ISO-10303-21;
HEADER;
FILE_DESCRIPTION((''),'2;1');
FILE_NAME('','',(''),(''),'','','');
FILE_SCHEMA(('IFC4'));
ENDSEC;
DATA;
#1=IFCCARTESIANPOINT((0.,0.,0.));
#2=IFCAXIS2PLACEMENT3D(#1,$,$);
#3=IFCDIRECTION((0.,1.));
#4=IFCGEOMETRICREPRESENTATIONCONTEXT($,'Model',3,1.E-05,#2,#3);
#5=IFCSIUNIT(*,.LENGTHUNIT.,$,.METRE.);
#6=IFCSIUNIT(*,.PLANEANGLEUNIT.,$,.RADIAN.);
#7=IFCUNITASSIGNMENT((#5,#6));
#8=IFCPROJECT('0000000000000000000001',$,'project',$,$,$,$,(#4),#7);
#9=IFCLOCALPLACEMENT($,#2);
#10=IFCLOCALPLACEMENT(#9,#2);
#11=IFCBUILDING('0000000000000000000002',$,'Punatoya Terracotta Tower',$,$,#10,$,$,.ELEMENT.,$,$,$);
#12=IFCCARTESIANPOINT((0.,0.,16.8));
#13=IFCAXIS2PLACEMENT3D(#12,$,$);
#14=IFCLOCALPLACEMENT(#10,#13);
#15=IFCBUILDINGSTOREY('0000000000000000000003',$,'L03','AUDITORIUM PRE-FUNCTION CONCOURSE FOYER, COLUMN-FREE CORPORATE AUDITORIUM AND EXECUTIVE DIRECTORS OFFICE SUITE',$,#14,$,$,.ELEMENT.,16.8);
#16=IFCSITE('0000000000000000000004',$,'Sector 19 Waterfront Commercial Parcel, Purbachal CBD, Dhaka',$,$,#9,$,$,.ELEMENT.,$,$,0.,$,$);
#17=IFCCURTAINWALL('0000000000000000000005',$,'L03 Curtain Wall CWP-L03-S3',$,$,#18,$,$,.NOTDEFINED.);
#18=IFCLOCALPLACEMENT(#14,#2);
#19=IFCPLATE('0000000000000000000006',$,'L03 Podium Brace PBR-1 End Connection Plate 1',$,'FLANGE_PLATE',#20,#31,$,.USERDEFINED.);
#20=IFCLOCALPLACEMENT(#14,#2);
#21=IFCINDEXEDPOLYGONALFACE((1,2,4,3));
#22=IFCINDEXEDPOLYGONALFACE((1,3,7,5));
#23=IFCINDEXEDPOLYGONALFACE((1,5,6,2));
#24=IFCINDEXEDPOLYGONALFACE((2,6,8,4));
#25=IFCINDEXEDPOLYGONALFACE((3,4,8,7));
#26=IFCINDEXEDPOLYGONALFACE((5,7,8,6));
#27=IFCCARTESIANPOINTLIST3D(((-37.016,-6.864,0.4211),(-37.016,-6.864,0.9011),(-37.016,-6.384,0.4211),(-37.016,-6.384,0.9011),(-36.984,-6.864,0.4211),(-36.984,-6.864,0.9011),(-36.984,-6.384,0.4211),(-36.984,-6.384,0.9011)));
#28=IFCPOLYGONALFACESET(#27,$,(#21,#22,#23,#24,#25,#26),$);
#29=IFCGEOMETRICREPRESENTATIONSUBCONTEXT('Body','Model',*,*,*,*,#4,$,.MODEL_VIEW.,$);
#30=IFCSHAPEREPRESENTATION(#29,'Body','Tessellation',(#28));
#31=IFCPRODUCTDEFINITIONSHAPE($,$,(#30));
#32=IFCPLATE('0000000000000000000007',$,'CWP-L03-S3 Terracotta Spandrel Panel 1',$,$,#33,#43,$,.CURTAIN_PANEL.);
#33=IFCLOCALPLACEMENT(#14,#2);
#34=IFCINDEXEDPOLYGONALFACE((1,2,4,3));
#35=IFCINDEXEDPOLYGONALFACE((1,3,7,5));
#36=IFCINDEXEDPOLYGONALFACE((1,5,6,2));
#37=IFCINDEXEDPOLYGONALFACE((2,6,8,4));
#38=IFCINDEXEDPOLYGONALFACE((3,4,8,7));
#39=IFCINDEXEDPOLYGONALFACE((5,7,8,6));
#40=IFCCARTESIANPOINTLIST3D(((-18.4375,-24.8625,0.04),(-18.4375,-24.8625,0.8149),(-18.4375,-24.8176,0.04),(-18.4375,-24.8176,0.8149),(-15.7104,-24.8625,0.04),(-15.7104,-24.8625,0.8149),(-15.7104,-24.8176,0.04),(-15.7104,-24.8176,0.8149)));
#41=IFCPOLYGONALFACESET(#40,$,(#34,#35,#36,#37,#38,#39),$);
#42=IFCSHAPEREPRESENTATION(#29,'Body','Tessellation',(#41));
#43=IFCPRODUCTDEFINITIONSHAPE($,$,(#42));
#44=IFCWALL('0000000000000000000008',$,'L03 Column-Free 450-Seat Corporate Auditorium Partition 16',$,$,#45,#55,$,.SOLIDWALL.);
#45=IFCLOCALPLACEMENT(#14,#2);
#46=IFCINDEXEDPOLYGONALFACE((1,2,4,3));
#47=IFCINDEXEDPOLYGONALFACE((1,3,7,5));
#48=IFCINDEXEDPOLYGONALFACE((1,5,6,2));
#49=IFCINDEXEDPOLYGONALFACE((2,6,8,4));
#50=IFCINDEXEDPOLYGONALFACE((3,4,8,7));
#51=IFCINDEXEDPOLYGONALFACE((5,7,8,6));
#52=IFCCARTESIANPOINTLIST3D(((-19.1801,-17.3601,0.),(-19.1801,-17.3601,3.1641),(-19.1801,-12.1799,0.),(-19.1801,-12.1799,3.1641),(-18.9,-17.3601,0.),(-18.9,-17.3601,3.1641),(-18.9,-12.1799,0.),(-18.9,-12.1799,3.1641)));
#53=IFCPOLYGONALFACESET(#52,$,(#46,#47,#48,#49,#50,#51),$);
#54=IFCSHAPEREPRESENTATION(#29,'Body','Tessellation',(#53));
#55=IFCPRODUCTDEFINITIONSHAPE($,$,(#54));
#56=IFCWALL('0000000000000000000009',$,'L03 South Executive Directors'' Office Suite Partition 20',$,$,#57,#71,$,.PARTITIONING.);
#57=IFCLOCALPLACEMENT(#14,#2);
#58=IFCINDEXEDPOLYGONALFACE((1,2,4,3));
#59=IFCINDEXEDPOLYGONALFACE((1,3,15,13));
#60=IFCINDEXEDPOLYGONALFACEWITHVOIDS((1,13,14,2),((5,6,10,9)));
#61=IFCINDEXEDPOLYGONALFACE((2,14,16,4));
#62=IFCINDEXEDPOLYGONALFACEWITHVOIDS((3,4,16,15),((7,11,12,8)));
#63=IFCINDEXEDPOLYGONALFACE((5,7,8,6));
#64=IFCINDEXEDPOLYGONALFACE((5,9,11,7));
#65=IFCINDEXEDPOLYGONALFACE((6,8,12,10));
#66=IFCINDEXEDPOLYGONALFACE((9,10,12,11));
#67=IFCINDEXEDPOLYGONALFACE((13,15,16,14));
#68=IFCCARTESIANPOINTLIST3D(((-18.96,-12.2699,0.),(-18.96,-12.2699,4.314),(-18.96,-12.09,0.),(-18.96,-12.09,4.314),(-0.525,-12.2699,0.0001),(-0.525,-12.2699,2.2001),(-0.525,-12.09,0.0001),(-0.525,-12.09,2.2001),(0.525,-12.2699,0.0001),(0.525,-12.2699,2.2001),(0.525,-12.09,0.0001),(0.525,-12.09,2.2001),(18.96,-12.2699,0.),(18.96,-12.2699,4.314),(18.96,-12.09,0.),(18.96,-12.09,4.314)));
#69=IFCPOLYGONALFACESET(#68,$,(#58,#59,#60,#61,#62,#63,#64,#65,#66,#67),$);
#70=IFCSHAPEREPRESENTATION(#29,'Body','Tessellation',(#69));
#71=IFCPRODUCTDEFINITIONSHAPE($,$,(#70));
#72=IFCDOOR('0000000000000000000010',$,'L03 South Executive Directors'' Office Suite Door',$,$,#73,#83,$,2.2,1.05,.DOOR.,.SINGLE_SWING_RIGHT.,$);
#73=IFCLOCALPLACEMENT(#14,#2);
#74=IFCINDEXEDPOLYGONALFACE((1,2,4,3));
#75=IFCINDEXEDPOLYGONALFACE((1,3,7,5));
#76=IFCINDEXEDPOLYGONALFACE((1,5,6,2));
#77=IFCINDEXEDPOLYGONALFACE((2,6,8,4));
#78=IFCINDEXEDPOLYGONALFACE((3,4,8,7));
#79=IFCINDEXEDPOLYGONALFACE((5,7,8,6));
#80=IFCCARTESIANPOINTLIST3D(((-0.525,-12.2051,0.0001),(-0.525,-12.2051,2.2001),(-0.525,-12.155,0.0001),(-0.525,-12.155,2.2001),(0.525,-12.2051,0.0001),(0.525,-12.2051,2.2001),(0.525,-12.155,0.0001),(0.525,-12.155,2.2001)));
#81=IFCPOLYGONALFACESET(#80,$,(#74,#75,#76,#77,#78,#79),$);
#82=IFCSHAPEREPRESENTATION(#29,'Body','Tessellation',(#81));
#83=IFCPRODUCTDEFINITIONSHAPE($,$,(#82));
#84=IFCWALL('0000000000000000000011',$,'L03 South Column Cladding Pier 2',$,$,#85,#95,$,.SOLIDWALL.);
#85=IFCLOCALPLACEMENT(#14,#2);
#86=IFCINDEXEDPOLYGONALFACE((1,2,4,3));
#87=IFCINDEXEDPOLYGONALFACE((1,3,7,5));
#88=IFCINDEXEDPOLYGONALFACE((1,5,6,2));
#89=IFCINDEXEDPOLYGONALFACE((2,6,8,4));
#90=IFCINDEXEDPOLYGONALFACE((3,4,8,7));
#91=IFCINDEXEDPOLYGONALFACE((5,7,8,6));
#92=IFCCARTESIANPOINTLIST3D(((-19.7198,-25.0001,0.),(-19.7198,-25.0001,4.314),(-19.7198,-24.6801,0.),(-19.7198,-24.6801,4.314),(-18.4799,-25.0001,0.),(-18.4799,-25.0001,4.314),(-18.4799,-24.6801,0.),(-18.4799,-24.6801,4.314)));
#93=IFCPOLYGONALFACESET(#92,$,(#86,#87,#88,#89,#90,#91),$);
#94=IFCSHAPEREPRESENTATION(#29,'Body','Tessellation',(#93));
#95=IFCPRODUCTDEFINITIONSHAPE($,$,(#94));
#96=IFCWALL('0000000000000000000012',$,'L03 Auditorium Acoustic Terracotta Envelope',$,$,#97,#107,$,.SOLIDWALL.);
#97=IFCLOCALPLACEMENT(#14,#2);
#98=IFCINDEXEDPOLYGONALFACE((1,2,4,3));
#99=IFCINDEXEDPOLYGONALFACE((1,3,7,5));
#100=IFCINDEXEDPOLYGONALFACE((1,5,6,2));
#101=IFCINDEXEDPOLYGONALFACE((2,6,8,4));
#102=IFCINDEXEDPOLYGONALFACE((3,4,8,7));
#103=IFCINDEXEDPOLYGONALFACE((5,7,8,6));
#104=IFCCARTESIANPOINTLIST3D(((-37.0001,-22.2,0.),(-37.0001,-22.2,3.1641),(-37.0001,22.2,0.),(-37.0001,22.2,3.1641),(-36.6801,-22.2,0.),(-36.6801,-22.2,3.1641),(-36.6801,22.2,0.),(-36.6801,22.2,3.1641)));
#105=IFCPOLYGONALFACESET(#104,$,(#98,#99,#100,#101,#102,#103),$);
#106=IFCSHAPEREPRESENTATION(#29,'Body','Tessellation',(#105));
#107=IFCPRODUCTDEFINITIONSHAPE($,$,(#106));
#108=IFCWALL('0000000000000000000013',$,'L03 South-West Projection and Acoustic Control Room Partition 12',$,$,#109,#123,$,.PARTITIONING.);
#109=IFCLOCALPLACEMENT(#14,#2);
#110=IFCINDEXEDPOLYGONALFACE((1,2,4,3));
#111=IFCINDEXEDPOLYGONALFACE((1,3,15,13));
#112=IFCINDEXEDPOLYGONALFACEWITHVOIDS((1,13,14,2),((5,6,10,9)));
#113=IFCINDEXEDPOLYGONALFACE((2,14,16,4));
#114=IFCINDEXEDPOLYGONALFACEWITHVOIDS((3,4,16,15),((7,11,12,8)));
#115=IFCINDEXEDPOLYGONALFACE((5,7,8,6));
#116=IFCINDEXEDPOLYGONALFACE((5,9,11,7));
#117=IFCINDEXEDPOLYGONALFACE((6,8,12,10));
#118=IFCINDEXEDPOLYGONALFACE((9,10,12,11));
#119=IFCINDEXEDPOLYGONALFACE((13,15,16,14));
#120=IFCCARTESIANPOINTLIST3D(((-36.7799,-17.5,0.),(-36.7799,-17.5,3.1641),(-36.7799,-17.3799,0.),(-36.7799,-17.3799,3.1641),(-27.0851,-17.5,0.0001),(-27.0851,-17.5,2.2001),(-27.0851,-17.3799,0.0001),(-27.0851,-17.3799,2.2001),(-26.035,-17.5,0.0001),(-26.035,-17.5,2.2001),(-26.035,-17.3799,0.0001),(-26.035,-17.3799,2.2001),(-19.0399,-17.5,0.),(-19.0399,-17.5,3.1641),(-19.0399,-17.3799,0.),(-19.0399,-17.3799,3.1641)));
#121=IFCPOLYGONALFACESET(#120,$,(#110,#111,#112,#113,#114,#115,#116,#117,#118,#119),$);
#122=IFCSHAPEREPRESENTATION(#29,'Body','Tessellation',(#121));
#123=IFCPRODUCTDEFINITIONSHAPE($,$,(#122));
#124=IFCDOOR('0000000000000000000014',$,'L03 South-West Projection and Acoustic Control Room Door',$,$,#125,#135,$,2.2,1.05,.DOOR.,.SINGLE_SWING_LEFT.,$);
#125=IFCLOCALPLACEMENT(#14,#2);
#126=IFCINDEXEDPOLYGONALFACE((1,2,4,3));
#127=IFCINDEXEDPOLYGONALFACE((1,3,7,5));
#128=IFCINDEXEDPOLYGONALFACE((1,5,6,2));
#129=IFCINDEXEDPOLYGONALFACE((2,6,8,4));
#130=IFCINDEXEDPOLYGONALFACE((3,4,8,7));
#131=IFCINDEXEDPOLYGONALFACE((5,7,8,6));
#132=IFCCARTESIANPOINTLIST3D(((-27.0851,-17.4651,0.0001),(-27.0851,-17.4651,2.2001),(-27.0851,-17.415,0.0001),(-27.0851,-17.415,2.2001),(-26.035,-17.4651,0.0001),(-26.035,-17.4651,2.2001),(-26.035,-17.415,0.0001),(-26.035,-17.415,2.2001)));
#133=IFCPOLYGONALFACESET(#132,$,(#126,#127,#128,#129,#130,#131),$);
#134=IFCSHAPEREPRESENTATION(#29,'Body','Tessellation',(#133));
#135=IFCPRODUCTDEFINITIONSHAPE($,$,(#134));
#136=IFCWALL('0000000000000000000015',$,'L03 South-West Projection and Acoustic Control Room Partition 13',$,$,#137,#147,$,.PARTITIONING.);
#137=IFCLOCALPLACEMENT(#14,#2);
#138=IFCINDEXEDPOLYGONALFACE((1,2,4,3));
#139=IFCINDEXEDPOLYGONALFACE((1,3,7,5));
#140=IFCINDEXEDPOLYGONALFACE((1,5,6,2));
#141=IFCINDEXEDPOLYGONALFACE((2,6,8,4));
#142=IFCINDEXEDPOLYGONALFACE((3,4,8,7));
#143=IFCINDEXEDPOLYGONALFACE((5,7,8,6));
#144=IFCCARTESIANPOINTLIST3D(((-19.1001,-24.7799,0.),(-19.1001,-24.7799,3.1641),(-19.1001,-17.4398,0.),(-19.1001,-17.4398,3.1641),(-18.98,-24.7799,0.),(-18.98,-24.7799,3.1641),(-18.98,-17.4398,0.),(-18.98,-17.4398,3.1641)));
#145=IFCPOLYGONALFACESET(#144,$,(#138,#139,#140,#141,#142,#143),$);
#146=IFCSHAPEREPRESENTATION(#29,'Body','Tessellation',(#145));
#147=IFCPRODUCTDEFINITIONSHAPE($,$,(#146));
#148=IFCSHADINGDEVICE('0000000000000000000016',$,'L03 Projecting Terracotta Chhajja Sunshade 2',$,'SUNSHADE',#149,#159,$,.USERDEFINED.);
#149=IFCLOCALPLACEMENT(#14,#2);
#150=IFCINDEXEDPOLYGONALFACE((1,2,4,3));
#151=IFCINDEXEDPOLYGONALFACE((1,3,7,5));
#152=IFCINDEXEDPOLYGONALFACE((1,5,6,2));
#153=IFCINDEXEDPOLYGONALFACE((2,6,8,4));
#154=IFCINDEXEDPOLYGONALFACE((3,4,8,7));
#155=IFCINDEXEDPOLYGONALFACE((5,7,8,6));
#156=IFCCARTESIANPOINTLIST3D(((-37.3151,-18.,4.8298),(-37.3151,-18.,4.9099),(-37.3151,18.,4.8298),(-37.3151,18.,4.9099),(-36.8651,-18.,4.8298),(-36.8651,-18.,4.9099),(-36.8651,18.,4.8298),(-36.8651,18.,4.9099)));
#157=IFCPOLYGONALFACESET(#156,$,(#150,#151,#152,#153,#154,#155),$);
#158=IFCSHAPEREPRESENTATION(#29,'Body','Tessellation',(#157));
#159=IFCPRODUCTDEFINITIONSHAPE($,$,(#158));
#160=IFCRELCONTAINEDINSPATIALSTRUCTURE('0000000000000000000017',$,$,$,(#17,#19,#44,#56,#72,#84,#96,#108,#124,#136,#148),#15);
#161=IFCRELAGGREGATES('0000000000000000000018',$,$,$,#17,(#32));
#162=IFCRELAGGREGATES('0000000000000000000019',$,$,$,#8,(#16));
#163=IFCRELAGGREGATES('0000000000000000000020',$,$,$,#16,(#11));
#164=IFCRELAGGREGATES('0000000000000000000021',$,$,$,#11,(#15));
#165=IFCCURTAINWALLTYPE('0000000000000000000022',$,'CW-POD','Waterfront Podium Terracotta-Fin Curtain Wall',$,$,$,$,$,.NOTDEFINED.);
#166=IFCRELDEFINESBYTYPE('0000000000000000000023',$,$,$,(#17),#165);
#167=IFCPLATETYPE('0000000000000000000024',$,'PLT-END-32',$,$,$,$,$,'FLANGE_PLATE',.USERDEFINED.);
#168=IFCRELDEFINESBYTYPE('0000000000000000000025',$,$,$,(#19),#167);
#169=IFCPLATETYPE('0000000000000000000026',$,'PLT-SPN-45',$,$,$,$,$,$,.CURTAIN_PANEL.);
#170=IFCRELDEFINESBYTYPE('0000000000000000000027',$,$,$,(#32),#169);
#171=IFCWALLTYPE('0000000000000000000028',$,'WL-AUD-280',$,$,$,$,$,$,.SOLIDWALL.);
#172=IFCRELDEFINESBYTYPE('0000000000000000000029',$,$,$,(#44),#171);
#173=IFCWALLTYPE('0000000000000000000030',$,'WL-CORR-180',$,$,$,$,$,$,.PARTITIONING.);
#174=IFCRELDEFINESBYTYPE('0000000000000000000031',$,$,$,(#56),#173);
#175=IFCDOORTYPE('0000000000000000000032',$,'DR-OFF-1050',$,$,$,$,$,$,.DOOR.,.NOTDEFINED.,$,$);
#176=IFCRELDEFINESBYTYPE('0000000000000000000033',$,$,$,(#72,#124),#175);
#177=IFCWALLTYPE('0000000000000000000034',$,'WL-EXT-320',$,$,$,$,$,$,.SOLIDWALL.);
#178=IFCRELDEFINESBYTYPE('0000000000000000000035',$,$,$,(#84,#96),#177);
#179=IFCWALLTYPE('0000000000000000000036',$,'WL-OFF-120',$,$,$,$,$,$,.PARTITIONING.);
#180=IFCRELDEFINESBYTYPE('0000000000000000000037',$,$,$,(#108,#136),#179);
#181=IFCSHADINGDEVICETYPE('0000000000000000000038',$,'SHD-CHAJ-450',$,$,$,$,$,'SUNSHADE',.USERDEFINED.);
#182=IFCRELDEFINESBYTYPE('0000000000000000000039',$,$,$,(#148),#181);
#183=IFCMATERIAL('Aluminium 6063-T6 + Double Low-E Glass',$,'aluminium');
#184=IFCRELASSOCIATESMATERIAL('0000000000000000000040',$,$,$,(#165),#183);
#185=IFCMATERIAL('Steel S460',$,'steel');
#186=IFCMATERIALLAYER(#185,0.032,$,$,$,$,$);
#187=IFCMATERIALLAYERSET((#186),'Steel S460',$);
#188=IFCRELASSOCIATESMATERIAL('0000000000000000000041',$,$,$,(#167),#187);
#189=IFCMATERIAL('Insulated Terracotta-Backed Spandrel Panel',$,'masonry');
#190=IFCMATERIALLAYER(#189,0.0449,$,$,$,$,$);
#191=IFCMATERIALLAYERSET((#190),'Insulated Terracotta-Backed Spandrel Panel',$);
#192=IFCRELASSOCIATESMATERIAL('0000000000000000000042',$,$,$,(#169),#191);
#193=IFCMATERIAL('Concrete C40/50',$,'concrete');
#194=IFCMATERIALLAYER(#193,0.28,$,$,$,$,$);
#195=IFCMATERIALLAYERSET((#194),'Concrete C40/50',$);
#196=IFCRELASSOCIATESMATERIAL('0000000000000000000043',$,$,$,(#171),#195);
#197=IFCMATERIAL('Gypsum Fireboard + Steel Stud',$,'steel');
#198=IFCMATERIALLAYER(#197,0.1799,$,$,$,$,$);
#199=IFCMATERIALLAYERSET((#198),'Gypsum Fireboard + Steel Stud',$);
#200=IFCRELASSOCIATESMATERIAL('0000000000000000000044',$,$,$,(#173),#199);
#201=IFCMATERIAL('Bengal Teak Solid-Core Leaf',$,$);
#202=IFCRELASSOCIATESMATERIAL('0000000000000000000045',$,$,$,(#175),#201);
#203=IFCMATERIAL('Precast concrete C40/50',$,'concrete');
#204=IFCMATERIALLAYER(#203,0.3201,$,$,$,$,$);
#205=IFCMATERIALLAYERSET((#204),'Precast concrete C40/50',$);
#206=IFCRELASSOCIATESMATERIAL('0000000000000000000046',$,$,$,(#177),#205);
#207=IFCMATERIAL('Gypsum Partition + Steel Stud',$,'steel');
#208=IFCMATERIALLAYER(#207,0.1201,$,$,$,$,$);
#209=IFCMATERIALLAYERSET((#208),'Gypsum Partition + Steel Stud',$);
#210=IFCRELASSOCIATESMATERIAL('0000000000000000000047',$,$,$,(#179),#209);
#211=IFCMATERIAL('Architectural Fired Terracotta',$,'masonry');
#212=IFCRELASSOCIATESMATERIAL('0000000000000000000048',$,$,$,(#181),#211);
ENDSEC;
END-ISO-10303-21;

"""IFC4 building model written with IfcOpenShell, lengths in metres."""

from ifc_helpers import new_model, si_unit, direction, frame, frame_2d, origin, origin_2d, place, context, subcontext, project, spatial, rectangle, extrude, material, layer, layer_set, material_profile, profile_set, type_object, element, fill, aggregate, save


model = new_model("IFC4")

# Units and contexts
model_context = context("Model", 3, precision=1e-05, world=origin(), true_north=direction((0.0, 1.0)))
body_context = subcontext(model_context, "Body", "Model", "MODEL_VIEW")
ifc_project = project(units=[si_unit("LENGTHUNIT", "METRE"), si_unit("PLANEANGLEUNIT", "RADIAN")], contexts=[model_context])

# Site, building, storey
site_placement = place(None, origin())
site = spatial("IfcSite", under=ifc_project, at=site_placement, Name="Sector 19 Waterfront Commercial Parcel, Purbachal CBD, Dhaka", CompositionType="ELEMENT", RefElevation=0.0)
building_placement = place(site_placement, origin())
building = spatial("IfcBuilding", under=site, at=building_placement, Name="Punatoya Terracotta Tower", CompositionType="ELEMENT")
storey_placement = place(building_placement, frame((0.0, 0.0, 16.8)))
storey = spatial("IfcBuildingStorey", under=building, at=storey_placement, Name="L03", Description="AUDITORIUM PRE-FUNCTION CONCOURSE FOYER, COLUMN-FREE CORPORATE AUDITORIUM AND EXECUTIVE DIRECTORS OFFICE SUITE", CompositionType="ELEMENT", Elevation=16.8)

# Shared definitions
ifc_material_1 = material(Name="Steel S460", Category="steel")

# Shared definitions
ifc_material_2 = material(Name="Aluminium 6063-T6 + Double Low-E Glass", Category="aluminium")
curtain_wall_type = type_object("IfcCurtainWallType", Name="CW-POD", Description="Waterfront Podium Terracotta-Fin Curtain Wall", PredefinedType="NOTDEFINED", material=ifc_material_2)

# Curtain wall
curtain_wall_1_placement = place(storey_placement, origin())
curtain_wall_1 = element("IfcCurtainWall", 1, at=curtain_wall_1_placement, inside=storey, type_object=curtain_wall_type, Name="L03 Curtain Wall CWP-L03-S3", PredefinedType="NOTDEFINED")

# Plates
ifc_layer_1 = layer(ifc_material_1, 0.032)
ifc_layer_set_1 = layer_set([ifc_layer_1], Name="Steel S460")
plate_type_1 = type_object("IfcPlateType", Name="PLT-END-32", ElementType="FLANGE_PLATE", PredefinedType="USERDEFINED", material=ifc_layer_set_1)
plate_1_placement = place(storey_placement, frame((-37.0, -6.624, 0.4211), z_axis=(0.0, 0.0, 1.0), x_axis=(1.0, 0.0, 0.0)))
element("IfcPlate", 2, at=plate_1_placement, inside=storey, type_object=plate_type_1, Name="L03 Podium Brace PBR-1 End Connection Plate 1", ObjectType="FLANGE_PLATE", PredefinedType="USERDEFINED", context=body_context, shape_type="SweptSolid", body=[
    extrude(rectangle(XDim=0.032, YDim=0.48, at=origin_2d()), origin(), (0.0, 0.0, 1.0), 0.48),
])
ifc_material_3 = material(Name="Insulated Terracotta-Backed Spandrel Panel", Category="masonry")
ifc_layer_2 = layer(ifc_material_3, 0.0449)
ifc_layer_set_2 = layer_set([ifc_layer_2], Name="Insulated Terracotta-Backed Spandrel Panel")
plate_type_2 = type_object("IfcPlateType", Name="PLT-SPN-45", PredefinedType="CURTAIN_PANEL", material=ifc_layer_set_2)
plate_2_placement = place(storey_placement, frame((-17.074, -24.8401, 0.04), z_axis=(0.0, 0.0, 1.0), x_axis=(1.0, 0.0, 0.0)))
plate_2 = element("IfcPlate", 3, at=plate_2_placement, type_object=plate_type_2, Name="CWP-L03-S3 Terracotta Spandrel Panel 1", PredefinedType="CURTAIN_PANEL", context=body_context, shape_type="SweptSolid", body=[
    extrude(rectangle(XDim=2.7271, YDim=0.0449, at=origin_2d()), origin(), (0.0, 0.0, 1.0), 0.7749),
])
aggregate(curtain_wall_1, [plate_2])

# Wall
ifc_material_4 = material(Name="Concrete C40/50", Category="concrete")
ifc_layer_3 = layer(ifc_material_4, 0.28)
ifc_layer_set_3 = layer_set([ifc_layer_3], Name="Concrete C40/50")
wall_type_1 = type_object("IfcWallType", Name="WL-AUD-280", PredefinedType="SOLIDWALL", material=ifc_layer_set_3)
wall_1_placement = place(storey_placement, frame((-19.04, -12.1799, 0.0), z_axis=(0.0, 0.0, 1.0), x_axis=(0.0, -1.0, 0.0)))
element("IfcWall", 4, at=wall_1_placement, inside=storey, type_object=wall_type_1, Name="L03 Column-Free 450-Seat Corporate Auditorium Partition 16", PredefinedType="SOLIDWALL", context=body_context, shape_type="SweptSolid", body=[
    extrude(rectangle(XDim=5.1802, YDim=0.28, at=frame_2d((2.5901, 0.0))), origin(), (0.0, 0.0, 1.0), 3.1641),
])

# Wall, opening, door
ifc_material_5 = material(Name="Gypsum Fireboard + Steel Stud", Category="steel")
ifc_layer_4 = layer(ifc_material_5, 0.1799)
ifc_layer_set_4 = layer_set([ifc_layer_4], Name="Gypsum Fireboard + Steel Stud")
wall_type_2 = type_object("IfcWallType", Name="WL-CORR-180", PredefinedType="PARTITIONING", material=ifc_layer_set_4)
wall_2_placement = place(storey_placement, frame((-18.96, -12.1799, 0.0), z_axis=(0.0, 0.0, 1.0), x_axis=(1.0, 0.0, 0.0)))
wall_2 = element("IfcWall", 5, at=wall_2_placement, inside=storey, type_object=wall_type_2, Name="L03 South Executive Directors' Office Suite Partition 20", PredefinedType="PARTITIONING", context=body_context, shape_type="SweptSolid", body=[
    extrude(rectangle(XDim=37.9199, YDim=0.1799, at=frame_2d((18.96, 0.0))), origin(), (0.0, 0.0, 1.0), 4.314),
])
opening_1_placement = place(wall_2_placement, frame((18.4351, 0.0, 0.0)))
opening_1 = element("IfcOpeningElement", 6, at=opening_1_placement, cuts=wall_2, PredefinedType="OPENING", context=body_context, shape_type="SweptSolid", body=[
    extrude(rectangle(XDim=1.05, YDim=2.2, at=frame_2d((0.5249, 1.1001))), frame((0.0, 0.0999, 0.0), z_axis=(0.0, -1.0, 0.0), x_axis=(1.0, 0.0, 0.0)), (0.0, 0.0, 1.0), 0.2),
])
ifc_material_6 = material(Name="Bengal Teak Solid-Core Leaf")
door_type = type_object("IfcDoorType", Name="DR-OFF-1050", OperationType="NOTDEFINED", PredefinedType="DOOR", material=ifc_material_6)
door_1_placement = place(opening_1_placement, origin())
door_1 = element("IfcDoor", 7, at=door_1_placement, inside=storey, type_object=door_type, Name="L03 South Executive Directors' Office Suite Door", OperationType="SINGLE_SWING_RIGHT", OverallHeight=2.2, OverallWidth=1.05, PredefinedType="DOOR", context=body_context, shape_type="SweptSolid", body=[
    extrude(rectangle(XDim=1.05, YDim=2.2, at=frame_2d((0.5249, 1.1001))), frame((0.0, 0.0249, 0.0), z_axis=(0.0, -1.0, 0.0), x_axis=(1.0, 0.0, 0.0)), (0.0, 0.0, 1.0), 0.05),
])
fill(opening_1, door_1)

# Walls
ifc_material_7 = material(Name="Precast concrete C40/50", Category="concrete")
ifc_layer_5 = layer(ifc_material_7, 0.3201)
ifc_layer_set_5 = layer_set([ifc_layer_5], Name="Precast concrete C40/50")
wall_type_3 = type_object("IfcWallType", Name="WL-EXT-320", PredefinedType="SOLIDWALL", material=ifc_layer_set_5)
wall_3_placement = place(storey_placement, frame((-19.72, -24.8401, 0.0), z_axis=(0.0, 0.0, 1.0), x_axis=(1.0, 0.0, 0.0)))
element("IfcWall", 8, at=wall_3_placement, inside=storey, type_object=wall_type_3, Name="L03 South Column Cladding Pier 2", PredefinedType="SOLIDWALL", context=body_context, shape_type="SweptSolid", body=[
    extrude(rectangle(XDim=1.24, YDim=0.3201, at=frame_2d((0.6201, 0.0))), origin(), (0.0, 0.0, 1.0), 4.314),
])
wall_4_placement = place(storey_placement, frame((-36.8401, -22.2, 0.0), z_axis=(0.0, 0.0, 1.0), x_axis=(0.0, 1.0, 0.0)))
element("IfcWall", 9, at=wall_4_placement, inside=storey, type_object=wall_type_3, Name="L03 Auditorium Acoustic Terracotta Envelope", PredefinedType="SOLIDWALL", context=body_context, shape_type="SweptSolid", body=[
    extrude(rectangle(XDim=44.3999, YDim=0.3201, at=frame_2d((22.2, 0.0))), origin(), (0.0, 0.0, 1.0), 3.1641),
])

# Wall, opening, door
ifc_material_8 = material(Name="Gypsum Partition + Steel Stud", Category="steel")
ifc_layer_6 = layer(ifc_material_8, 0.1201)
ifc_layer_set_6 = layer_set([ifc_layer_6], Name="Gypsum Partition + Steel Stud")
wall_type_4 = type_object("IfcWallType", Name="WL-OFF-120", PredefinedType="PARTITIONING", material=ifc_layer_set_6)
wall_5_placement = place(storey_placement, frame((-36.78, -17.4399, 0.0), z_axis=(0.0, 0.0, 1.0), x_axis=(1.0, 0.0, 0.0)))
wall_5 = element("IfcWall", 10, at=wall_5_placement, inside=storey, type_object=wall_type_4, Name="L03 South-West Projection and Acoustic Control Room Partition 12", PredefinedType="PARTITIONING", context=body_context, shape_type="SweptSolid", body=[
    extrude(rectangle(XDim=17.74, YDim=0.1201, at=frame_2d((8.8701, 0.0))), origin(), (0.0, 0.0, 1.0), 3.1641),
])
opening_2_placement = place(wall_5_placement, frame((9.6951, 0.0, 0.0)))
opening_2 = element("IfcOpeningElement", 11, at=opening_2_placement, cuts=wall_5, PredefinedType="OPENING", context=body_context, shape_type="SweptSolid", body=[
    extrude(rectangle(XDim=1.05, YDim=2.2, at=frame_2d((0.5249, 1.1001))), frame((0.0, 0.0701, 0.0), z_axis=(0.0, -1.0, 0.0), x_axis=(1.0, 0.0, 0.0)), (0.0, 0.0, 1.0), 0.1401),
])
door_2_placement = place(opening_2_placement, origin())
door_2 = element("IfcDoor", 12, at=door_2_placement, inside=storey, type_object=door_type, Name="L03 South-West Projection and Acoustic Control Room Door", OperationType="SINGLE_SWING_LEFT", OverallHeight=2.2, OverallWidth=1.05, PredefinedType="DOOR", context=body_context, shape_type="SweptSolid", body=[
    extrude(rectangle(XDim=1.05, YDim=2.2, at=frame_2d((0.5249, 1.1001))), frame((0.0, 0.0249, 0.0), z_axis=(0.0, -1.0, 0.0), x_axis=(1.0, 0.0, 0.0)), (0.0, 0.0, 1.0), 0.05),
])
fill(opening_2, door_2)

# Wall
wall_6_placement = place(storey_placement, frame((-19.04, -17.4399, 0.0), z_axis=(0.0, 0.0, 1.0), x_axis=(0.0, -1.0, 0.0)))
element("IfcWall", 13, at=wall_6_placement, inside=storey, type_object=wall_type_4, Name="L03 South-West Projection and Acoustic Control Room Partition 13", PredefinedType="PARTITIONING", context=body_context, shape_type="SweptSolid", body=[
    extrude(rectangle(XDim=7.3401, YDim=0.1201, at=frame_2d((3.6699, 0.0))), origin(), (0.0, 0.0, 1.0), 3.1641),
])

# Shading device
ifc_material_9 = material(Name="Architectural Fired Terracotta", Category="masonry")
ifc_material_profile_1 = material_profile(ifc_material_9, rectangle(XDim=0.45, YDim=0.0801, at=origin_2d()))
ifc_profile_set_1 = profile_set([ifc_material_profile_1], Name="Architectural Fired Terracotta")
shading_device_type = type_object("IfcShadingDeviceType", Name="SHD-CHAJ-450", ElementType="SUNSHADE", PredefinedType="USERDEFINED", material=ifc_profile_set_1)
shading_device_placement = place(storey_placement, frame((-37.0901, -18.0, 4.8699), z_axis=(0.0, 1.0, 0.0), x_axis=(-1.0, 0.0, 0.0)))
element("IfcShadingDevice", 14, at=shading_device_placement, inside=storey, type_object=shading_device_type, Name="L03 Projecting Terracotta Chhajja Sunshade 2", ObjectType="SUNSHADE", PredefinedType="USERDEFINED", context=body_context, shape_type="SweptSolid", body=[
    extrude(rectangle(XDim=0.45, YDim=0.0801, at=origin_2d()), origin(), (0.0, 0.0, 1.0), 36.0),
])

save(model, "model.ifc")
